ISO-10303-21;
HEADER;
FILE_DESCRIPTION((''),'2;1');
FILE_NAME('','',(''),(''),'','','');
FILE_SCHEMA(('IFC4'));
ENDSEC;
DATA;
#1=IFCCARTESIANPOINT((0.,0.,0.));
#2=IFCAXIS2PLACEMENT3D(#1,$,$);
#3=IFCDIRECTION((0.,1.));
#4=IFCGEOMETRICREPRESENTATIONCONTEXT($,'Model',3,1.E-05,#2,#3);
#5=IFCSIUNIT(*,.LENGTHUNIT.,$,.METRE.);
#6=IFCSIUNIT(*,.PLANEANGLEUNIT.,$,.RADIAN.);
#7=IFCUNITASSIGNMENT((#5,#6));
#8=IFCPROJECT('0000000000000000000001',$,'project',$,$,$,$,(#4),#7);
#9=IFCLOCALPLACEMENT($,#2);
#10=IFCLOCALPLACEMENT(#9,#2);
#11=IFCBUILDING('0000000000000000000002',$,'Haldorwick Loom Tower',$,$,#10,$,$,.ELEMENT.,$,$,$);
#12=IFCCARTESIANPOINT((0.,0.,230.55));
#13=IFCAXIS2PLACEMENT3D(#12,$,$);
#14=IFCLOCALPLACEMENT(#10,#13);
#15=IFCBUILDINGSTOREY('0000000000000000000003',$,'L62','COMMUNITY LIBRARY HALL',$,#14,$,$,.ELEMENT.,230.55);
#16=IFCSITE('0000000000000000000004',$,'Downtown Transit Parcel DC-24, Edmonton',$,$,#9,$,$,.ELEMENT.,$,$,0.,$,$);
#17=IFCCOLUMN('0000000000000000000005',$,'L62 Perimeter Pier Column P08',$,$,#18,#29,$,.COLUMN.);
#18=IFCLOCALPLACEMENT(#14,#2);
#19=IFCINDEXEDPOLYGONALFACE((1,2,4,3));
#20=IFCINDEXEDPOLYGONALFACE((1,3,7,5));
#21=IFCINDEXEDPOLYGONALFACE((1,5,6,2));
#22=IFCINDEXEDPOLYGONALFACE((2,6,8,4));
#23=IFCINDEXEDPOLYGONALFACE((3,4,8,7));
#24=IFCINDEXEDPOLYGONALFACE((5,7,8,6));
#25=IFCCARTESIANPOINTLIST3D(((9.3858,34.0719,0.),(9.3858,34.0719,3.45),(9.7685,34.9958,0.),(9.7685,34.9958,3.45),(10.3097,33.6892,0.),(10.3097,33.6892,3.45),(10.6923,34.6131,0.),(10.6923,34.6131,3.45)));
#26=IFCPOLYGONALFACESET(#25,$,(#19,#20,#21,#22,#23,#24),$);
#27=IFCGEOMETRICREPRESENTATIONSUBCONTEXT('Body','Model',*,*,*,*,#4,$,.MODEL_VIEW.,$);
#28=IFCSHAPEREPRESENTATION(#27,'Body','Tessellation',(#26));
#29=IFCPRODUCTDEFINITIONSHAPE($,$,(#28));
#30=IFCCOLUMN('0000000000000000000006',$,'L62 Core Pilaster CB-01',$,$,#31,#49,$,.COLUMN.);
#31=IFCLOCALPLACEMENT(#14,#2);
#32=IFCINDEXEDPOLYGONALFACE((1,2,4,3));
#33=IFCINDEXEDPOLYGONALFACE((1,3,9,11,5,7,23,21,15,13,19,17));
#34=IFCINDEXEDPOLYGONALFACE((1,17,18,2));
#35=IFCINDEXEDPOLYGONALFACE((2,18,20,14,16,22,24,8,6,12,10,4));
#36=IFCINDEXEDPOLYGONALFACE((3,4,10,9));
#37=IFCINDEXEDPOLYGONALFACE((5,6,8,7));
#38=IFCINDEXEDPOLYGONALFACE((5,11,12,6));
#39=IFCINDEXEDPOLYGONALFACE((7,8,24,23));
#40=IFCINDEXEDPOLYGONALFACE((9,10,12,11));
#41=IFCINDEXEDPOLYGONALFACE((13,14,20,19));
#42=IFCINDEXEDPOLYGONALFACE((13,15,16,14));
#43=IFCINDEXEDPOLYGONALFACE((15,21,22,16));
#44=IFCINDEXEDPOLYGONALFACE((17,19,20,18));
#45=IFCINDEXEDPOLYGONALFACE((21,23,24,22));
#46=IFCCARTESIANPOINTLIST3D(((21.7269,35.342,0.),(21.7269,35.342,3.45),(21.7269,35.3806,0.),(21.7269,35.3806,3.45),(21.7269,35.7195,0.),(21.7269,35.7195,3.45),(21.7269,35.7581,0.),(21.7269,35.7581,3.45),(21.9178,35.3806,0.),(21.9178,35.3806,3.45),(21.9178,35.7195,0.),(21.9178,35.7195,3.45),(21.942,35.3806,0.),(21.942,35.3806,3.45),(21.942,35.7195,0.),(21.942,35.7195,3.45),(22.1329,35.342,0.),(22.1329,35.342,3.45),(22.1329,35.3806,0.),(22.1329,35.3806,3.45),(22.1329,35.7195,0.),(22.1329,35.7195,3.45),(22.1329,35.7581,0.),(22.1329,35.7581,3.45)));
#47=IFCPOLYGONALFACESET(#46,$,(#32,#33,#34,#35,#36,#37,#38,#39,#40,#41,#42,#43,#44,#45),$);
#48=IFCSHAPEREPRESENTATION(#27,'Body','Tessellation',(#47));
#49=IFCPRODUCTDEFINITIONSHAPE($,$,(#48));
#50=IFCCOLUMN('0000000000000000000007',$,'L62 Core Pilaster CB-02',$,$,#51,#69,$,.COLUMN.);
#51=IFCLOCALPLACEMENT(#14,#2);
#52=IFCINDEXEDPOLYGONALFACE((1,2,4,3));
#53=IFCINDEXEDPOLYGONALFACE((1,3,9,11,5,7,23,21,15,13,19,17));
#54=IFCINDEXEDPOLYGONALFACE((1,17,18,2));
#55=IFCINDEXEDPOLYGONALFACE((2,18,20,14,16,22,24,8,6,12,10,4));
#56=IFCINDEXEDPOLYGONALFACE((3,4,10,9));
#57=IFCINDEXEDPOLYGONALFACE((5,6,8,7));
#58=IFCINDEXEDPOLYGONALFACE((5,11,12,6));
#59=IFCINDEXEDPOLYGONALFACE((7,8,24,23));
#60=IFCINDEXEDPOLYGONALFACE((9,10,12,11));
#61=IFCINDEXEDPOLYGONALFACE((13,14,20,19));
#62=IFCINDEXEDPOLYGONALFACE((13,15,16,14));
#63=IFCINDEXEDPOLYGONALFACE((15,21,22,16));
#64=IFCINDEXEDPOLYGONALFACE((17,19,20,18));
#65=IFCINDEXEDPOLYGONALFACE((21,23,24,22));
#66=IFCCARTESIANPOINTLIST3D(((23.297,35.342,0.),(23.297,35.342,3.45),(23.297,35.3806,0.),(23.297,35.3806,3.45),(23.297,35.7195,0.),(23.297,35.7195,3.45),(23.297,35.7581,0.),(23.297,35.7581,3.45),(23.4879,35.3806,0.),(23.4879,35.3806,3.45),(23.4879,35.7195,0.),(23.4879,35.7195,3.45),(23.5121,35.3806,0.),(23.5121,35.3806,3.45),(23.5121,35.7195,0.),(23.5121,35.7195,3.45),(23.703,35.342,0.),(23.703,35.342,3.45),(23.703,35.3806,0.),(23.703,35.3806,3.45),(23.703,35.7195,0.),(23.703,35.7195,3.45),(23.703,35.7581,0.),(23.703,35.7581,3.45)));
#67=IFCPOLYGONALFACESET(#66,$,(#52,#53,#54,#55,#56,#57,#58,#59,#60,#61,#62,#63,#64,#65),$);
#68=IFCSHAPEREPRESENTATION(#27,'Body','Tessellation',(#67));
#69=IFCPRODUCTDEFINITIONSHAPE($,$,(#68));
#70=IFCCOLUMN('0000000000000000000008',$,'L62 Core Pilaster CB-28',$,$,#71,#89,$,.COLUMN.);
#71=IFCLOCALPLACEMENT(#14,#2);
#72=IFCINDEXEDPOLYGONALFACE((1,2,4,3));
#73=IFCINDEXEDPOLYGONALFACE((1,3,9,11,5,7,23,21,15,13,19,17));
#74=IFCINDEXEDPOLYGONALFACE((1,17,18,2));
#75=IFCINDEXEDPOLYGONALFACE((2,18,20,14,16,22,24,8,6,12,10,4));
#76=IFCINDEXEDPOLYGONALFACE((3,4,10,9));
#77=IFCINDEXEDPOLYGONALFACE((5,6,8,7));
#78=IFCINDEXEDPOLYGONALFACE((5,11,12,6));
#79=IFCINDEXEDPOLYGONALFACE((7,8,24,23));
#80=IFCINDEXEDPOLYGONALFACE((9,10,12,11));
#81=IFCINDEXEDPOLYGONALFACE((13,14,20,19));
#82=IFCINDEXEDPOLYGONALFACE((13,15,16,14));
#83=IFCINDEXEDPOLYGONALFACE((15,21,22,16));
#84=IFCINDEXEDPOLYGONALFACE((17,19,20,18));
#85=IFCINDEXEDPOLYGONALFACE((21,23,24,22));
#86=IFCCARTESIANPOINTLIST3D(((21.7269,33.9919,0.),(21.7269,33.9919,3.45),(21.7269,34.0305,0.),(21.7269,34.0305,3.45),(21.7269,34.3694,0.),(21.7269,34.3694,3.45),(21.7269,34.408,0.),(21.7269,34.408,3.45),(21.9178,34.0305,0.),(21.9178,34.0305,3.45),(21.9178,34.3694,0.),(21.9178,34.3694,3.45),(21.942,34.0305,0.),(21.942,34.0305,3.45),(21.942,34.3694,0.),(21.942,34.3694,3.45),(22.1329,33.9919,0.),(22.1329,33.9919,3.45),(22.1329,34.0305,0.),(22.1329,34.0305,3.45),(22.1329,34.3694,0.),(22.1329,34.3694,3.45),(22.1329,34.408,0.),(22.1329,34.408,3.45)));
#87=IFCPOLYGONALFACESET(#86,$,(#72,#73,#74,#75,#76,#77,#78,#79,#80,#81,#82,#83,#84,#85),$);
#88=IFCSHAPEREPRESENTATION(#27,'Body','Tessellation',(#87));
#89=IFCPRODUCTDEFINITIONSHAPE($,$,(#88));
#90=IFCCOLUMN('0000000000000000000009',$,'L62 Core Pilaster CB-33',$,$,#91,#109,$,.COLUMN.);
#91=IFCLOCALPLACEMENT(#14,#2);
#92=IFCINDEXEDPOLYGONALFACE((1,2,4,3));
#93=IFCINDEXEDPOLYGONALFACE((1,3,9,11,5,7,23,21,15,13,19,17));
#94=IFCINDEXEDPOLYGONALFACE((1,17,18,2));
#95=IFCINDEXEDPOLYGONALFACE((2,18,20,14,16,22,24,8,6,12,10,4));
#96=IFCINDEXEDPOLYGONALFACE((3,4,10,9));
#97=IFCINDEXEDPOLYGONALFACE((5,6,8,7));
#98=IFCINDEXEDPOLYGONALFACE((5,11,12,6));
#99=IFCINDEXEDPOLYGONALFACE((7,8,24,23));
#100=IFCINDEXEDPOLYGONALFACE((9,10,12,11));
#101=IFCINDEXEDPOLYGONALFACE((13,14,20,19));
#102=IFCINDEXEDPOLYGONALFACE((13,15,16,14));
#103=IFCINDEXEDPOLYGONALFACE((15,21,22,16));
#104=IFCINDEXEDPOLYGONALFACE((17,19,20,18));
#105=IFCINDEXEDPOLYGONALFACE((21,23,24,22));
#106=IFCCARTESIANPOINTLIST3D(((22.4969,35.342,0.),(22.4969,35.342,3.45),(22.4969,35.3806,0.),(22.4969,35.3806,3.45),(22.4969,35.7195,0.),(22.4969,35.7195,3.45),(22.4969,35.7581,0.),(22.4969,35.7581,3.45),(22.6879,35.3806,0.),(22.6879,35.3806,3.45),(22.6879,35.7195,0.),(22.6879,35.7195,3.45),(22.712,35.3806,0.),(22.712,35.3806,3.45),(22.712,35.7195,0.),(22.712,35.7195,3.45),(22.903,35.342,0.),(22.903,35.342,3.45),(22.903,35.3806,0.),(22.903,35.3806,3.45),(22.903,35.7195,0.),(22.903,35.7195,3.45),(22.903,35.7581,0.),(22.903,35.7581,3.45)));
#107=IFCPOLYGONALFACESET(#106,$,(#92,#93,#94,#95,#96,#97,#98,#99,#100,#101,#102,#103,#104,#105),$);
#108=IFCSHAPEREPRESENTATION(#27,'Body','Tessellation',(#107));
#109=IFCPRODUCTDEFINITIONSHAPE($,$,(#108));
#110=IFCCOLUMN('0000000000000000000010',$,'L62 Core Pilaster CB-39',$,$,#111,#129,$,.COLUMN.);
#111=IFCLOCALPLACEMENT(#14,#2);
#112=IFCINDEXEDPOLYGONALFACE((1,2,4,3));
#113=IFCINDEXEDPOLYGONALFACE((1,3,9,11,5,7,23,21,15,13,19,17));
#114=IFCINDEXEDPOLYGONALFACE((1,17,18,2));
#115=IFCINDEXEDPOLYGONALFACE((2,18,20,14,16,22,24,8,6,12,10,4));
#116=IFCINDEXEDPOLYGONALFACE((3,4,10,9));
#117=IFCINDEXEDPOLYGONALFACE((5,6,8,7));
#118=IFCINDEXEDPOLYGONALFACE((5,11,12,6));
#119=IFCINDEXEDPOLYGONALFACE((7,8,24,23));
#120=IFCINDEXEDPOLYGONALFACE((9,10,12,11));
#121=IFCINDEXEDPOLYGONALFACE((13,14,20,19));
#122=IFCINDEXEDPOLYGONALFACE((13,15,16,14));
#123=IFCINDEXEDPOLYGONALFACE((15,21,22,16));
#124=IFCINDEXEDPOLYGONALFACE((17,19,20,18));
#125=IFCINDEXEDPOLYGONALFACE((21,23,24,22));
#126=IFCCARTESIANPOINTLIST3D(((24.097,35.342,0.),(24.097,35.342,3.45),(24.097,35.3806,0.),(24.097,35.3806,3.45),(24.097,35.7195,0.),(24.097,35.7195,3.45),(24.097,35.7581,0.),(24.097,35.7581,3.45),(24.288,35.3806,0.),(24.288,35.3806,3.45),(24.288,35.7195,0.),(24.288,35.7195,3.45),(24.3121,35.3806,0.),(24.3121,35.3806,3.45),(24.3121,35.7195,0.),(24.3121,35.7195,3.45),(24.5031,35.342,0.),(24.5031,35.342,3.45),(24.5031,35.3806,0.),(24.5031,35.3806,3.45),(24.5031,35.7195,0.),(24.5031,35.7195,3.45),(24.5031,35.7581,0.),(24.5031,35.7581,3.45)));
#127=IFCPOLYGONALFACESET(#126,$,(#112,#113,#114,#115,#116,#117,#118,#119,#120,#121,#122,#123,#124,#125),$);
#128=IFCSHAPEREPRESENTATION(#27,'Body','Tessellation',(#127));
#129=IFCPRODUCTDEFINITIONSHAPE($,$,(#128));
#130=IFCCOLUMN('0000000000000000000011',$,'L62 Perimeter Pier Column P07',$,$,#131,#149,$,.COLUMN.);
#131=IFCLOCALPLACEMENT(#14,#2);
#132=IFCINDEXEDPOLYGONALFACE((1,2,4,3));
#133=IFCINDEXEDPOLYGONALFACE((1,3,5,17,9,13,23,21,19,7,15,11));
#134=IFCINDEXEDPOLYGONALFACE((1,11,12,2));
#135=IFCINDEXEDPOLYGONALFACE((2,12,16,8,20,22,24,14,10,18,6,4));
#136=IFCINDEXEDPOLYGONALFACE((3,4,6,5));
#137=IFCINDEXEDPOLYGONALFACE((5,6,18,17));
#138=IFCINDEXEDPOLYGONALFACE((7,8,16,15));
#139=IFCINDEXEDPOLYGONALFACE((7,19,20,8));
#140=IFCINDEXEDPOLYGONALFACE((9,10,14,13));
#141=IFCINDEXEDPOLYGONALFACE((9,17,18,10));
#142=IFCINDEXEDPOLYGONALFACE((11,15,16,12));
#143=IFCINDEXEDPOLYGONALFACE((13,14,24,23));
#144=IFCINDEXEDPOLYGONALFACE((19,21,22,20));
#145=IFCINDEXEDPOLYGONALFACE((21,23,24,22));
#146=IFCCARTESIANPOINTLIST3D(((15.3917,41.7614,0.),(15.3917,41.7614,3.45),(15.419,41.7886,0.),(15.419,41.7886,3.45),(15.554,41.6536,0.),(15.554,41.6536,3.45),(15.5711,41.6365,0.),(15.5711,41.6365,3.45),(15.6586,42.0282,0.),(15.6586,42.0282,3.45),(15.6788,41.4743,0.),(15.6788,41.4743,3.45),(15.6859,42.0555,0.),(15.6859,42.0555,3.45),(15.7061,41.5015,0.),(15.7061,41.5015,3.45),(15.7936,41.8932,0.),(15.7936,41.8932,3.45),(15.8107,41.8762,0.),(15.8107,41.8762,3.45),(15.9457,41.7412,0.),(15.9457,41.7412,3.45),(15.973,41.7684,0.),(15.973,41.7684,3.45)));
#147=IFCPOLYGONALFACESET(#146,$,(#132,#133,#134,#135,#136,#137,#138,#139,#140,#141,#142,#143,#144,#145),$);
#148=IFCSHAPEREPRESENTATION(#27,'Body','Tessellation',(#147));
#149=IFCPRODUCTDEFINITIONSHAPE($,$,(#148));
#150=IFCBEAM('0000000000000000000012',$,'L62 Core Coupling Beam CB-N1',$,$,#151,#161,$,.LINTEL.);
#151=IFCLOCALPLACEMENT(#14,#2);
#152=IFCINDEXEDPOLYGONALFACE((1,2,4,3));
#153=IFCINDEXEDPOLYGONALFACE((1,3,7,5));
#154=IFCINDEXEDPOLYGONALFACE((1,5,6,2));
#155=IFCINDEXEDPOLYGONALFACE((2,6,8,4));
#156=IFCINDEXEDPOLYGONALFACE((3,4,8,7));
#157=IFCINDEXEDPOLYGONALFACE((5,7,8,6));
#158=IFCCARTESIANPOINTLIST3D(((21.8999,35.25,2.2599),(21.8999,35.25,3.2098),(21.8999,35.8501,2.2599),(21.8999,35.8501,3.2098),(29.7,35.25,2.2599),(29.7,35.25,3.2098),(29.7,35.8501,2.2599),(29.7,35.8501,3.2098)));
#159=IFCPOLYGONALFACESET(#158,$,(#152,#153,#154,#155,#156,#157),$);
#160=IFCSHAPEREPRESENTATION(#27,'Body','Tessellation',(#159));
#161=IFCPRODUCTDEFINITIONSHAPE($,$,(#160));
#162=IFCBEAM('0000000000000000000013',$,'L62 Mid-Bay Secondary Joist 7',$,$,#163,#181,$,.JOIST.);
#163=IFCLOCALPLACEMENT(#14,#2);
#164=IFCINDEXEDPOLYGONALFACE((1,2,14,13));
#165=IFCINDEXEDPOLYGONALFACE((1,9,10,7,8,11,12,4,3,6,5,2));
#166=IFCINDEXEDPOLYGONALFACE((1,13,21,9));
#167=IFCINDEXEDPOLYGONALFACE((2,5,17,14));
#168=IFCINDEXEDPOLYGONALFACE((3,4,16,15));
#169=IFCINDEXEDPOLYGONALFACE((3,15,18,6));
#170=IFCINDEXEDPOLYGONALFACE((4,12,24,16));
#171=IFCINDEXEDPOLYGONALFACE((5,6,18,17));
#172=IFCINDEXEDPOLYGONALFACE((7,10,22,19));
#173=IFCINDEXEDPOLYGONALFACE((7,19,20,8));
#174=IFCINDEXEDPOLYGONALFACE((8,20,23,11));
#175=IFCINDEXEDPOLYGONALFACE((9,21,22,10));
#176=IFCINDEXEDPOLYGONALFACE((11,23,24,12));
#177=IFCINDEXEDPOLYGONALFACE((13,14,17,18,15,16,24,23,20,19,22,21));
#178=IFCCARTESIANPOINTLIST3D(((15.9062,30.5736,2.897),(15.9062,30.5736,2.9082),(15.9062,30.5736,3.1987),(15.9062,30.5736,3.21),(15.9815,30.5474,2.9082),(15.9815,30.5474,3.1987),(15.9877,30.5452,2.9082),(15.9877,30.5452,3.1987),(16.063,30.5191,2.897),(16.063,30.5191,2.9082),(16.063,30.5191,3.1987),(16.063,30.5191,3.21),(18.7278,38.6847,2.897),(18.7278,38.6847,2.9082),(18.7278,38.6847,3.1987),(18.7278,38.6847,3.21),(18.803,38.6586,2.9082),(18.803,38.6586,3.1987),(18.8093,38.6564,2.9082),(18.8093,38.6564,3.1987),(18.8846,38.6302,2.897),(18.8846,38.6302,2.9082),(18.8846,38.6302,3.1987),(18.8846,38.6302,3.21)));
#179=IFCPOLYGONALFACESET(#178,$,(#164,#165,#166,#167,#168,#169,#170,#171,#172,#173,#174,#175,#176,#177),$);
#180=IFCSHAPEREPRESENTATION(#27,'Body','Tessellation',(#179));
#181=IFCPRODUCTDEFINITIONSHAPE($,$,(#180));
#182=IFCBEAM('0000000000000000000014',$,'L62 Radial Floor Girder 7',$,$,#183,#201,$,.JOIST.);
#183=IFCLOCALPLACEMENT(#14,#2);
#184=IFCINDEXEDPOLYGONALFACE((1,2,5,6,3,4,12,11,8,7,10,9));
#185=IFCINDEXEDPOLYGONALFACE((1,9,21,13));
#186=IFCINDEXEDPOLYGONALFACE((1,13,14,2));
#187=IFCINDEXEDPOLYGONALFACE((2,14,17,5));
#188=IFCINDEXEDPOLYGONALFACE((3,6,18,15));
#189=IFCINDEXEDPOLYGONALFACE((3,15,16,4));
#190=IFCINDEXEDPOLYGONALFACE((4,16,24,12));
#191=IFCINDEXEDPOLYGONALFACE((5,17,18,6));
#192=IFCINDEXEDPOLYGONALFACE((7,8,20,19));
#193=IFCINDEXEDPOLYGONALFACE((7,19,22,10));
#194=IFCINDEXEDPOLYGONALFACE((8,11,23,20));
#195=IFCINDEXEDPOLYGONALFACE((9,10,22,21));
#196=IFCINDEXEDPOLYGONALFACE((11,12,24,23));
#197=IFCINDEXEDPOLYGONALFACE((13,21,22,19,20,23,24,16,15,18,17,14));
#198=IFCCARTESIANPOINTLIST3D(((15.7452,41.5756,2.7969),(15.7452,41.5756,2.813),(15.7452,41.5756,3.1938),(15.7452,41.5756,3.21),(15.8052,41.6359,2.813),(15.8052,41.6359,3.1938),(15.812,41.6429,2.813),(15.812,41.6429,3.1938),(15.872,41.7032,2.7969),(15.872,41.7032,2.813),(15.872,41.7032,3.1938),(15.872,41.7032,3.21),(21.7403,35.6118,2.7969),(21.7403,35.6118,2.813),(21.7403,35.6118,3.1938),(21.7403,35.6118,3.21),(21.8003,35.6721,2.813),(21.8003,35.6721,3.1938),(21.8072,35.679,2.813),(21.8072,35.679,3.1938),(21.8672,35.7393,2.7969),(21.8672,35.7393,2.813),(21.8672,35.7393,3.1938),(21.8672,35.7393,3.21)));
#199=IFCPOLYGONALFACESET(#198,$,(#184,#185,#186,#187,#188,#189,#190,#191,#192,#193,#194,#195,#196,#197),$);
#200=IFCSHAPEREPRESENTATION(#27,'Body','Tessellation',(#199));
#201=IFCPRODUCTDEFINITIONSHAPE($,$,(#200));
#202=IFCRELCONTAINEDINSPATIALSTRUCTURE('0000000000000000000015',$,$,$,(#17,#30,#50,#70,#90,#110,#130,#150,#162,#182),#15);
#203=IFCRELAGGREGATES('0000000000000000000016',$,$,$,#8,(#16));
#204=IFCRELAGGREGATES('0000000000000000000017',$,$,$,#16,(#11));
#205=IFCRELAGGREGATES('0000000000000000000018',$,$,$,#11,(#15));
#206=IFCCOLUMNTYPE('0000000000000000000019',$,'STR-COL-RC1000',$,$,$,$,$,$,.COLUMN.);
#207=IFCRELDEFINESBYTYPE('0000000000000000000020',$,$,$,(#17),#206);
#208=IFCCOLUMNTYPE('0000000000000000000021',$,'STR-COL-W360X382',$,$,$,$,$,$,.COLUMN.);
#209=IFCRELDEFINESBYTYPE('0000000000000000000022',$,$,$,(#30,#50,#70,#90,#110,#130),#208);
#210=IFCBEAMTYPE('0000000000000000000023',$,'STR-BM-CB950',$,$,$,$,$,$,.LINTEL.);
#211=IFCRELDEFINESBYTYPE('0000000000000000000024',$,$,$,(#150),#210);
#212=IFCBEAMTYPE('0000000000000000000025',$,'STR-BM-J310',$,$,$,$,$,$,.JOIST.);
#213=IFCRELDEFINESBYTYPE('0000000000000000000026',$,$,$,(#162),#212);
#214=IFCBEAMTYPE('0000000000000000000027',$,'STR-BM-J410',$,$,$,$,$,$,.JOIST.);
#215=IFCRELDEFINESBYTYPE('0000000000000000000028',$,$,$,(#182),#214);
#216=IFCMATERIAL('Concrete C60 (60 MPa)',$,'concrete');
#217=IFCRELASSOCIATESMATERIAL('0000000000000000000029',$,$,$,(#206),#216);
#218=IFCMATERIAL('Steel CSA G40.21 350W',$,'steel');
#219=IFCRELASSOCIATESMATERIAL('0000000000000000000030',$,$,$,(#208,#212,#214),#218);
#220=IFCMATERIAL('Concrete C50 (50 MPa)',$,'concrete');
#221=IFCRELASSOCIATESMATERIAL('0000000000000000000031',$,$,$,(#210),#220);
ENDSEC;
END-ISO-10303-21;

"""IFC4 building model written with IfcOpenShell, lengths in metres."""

from ifc_helpers import new_model, si_unit, direction, frame, origin, origin_2d, place, context, subcontext, project, spatial, rectangle, i_section, extrude, material, material_profile, profile_set, type_object, element, save


model = new_model("IFC4")

# Units and contexts
model_context = context("Model", 3, precision=1e-05, world=origin(), true_north=direction((0.0, 1.0)))
body_context = subcontext(model_context, "Body", "Model", "MODEL_VIEW")
ifc_project = project(units=[si_unit("LENGTHUNIT", "METRE"), si_unit("PLANEANGLEUNIT", "RADIAN")], contexts=[model_context])

# Site, building, storey
site_placement = place(None, origin())
site = spatial("IfcSite", under=ifc_project, at=site_placement, Name="Downtown Transit Parcel DC-24, Edmonton", CompositionType="ELEMENT", RefElevation=0.0)
building_placement = place(site_placement, origin())
building = spatial("IfcBuilding", under=site, at=building_placement, Name="Haldorwick Loom Tower", CompositionType="ELEMENT")
storey_placement = place(building_placement, frame((0.0, 0.0, 230.55)))
storey = spatial("IfcBuildingStorey", under=building, at=storey_placement, Name="L62", Description="COMMUNITY LIBRARY HALL", CompositionType="ELEMENT", Elevation=230.55)

# Columns
ifc_material_1 = material(Name="Concrete C60 (60 MPa)", Category="concrete")
ifc_material_profile_1 = material_profile(ifc_material_1, rectangle(XDim=1.0, YDim=1.0, at=origin_2d()), Name="RC1000X1000", Category="concrete")
ifc_profile_set_1 = profile_set([ifc_material_profile_1], Name="Concrete C60 (60 MPa)")
column_type_1 = type_object("IfcColumnType", Name="STR-COL-RC1000", PredefinedType="COLUMN", material=ifc_profile_set_1)
column_placement = place(storey_placement, frame((10.0391, 34.3425, 0.0), z_axis=(0.0, 0.0, 1.0), x_axis=(-0.92388, 0.382683, 0.0)))
element("IfcColumn", 1, at=column_placement, inside=storey, type_object=column_type_1, Name="L62 Perimeter Pier Column P08", PredefinedType="COLUMN", context=body_context, shape_type="SweptSolid", body=[
    extrude(rectangle(XDim=1.0, YDim=1.0, at=origin_2d()), origin(), (0.0, 0.0, 1.0), 3.45),
])
ifc_material_2 = material(Name="Steel CSA G40.21 350W", Category="steel")
ifc_material_profile_2 = material_profile(ifc_material_2, i_section(OverallWidth=0.406, OverallDepth=0.416, WebThickness=0.0242, FlangeThickness=0.0386, at=origin_2d()), Name="W360X382", Category="steel")
ifc_profile_set_2 = profile_set([ifc_material_profile_2], Name="Steel CSA G40.21 350W")
column_type_2 = type_object("IfcColumnType", Name="STR-COL-W360X382", PredefinedType="COLUMN", material=ifc_profile_set_2)
for number, where, z_axis, x_axis, name in (
    (2, (21.9299, 35.55, 0.0), (0.0, 0.0, 1.0), (1.0, 0.0, 0.0), "L62 Core Pilaster CB-01"),
    (3, (23.5, 35.55, 0.0), (0.0, 0.0, 1.0), (1.0, 0.0, 0.0), "L62 Core Pilaster CB-02"),
    (4, (21.9299, 34.2, 0.0), (0.0, 0.0, 1.0), (1.0, 0.0, 0.0), "L62 Core Pilaster CB-28"),
    (5, (22.7, 35.55, 0.0), (0.0, 0.0, 1.0), (1.0, 0.0, 0.0), "L62 Core Pilaster CB-33"),
    (6, (24.3, 35.55, 0.0), (0.0, 0.0, 1.0), (1.0, 0.0, 0.0), "L62 Core Pilaster CB-39"),
    (7, (15.6824, 41.7649, 0.0), (0.0, 0.0, 1.0), (-0.707107, 0.707107, 0.0), "L62 Perimeter Pier Column P07"),
):
    element("IfcColumn", number, at=place(storey_placement, frame(where, z_axis=z_axis, x_axis=x_axis)), inside=storey, type_object=column_type_2, Name=name, PredefinedType="COLUMN", context=body_context, shape_type="SweptSolid", body=[
        extrude(i_section(OverallWidth=0.406, OverallDepth=0.416, WebThickness=0.0242, FlangeThickness=0.0386, at=origin_2d()), origin(), (0.0, 0.0, 1.0), 3.45),
    ])

# Beams
ifc_material_3 = material(Name="Concrete C50 (50 MPa)", Category="concrete")
ifc_material_profile_3 = material_profile(ifc_material_3, rectangle(XDim=0.6001, YDim=0.95, at=origin_2d()), Name="RC600X950", Category="concrete")
ifc_profile_set_3 = profile_set([ifc_material_profile_3], Name="Concrete C50 (50 MPa)")
beam_type_1 = type_object("IfcBeamType", Name="STR-BM-CB950", PredefinedType="LINTEL", material=ifc_profile_set_3)
beam_1_placement = place(storey_placement, frame((21.8999, 35.55, 2.7349), z_axis=(1.0, 0.0, 0.0), x_axis=(0.0, 1.0, 0.0)))
element("IfcBeam", 8, at=beam_1_placement, inside=storey, type_object=beam_type_1, Name="L62 Core Coupling Beam CB-N1", PredefinedType="LINTEL", context=body_context, shape_type="SweptSolid", body=[
    extrude(rectangle(XDim=0.6001, YDim=0.95, at=origin_2d()), origin(), (0.0, 0.0, 1.0), 7.8),
])
ifc_material_profile_4 = material_profile(ifc_material_2, i_section(OverallWidth=0.166, OverallDepth=0.313, WebThickness=0.0066, FlangeThickness=0.0112, at=origin_2d()), Name="W310X45", Category="steel")
ifc_profile_set_4 = profile_set([ifc_material_profile_4], Name="Steel CSA G40.21 350W")
beam_type_2 = type_object("IfcBeamType", Name="STR-BM-J310", PredefinedType="JOIST", material=ifc_profile_set_4)
beam_2_placement = place(storey_placement, frame((18.8062, 38.6575, 3.0535), z_axis=(-0.32855, -0.944486, 0.0), x_axis=(0.944486, -0.32855, 0.0)))
element("IfcBeam", 9, at=beam_2_placement, inside=storey, type_object=beam_type_2, Name="L62 Mid-Bay Secondary Joist 7", PredefinedType="JOIST", context=body_context, shape_type="SweptSolid", body=[
    extrude(i_section(OverallWidth=0.166, OverallDepth=0.313, WebThickness=0.0066, FlangeThickness=0.0112, at=origin_2d()), origin(), (0.0, 0.0, 1.0), 8.5879),
])
ifc_material_profile_5 = material_profile(ifc_material_2, i_section(OverallWidth=0.1799, OverallDepth=0.4131, WebThickness=0.0098, FlangeThickness=0.0161, at=origin_2d()), Name="W410X74", Category="steel")
ifc_profile_set_5 = profile_set([ifc_material_profile_5], Name="Steel CSA G40.21 350W")
beam_type_3 = type_object("IfcBeamType", Name="STR-BM-J410", PredefinedType="JOIST", material=ifc_profile_set_5)
beam_3_placement = place(storey_placement, frame((21.8037, 35.6755, 3.0034), z_axis=(-0.708952, 0.705257, 0.0), x_axis=(-0.705257, -0.708952, 0.0)))
element("IfcBeam", 10, at=beam_3_placement, inside=storey, type_object=beam_type_3, Name="L62 Radial Floor Girder 7", PredefinedType="JOIST", context=body_context, shape_type="SweptSolid", body=[
    extrude(i_section(OverallWidth=0.1799, OverallDepth=0.4131, WebThickness=0.0098, FlangeThickness=0.0161, at=origin_2d()), origin(), (0.0, 0.0, 1.0), 8.4563),
])

save(model, "model.ifc")
